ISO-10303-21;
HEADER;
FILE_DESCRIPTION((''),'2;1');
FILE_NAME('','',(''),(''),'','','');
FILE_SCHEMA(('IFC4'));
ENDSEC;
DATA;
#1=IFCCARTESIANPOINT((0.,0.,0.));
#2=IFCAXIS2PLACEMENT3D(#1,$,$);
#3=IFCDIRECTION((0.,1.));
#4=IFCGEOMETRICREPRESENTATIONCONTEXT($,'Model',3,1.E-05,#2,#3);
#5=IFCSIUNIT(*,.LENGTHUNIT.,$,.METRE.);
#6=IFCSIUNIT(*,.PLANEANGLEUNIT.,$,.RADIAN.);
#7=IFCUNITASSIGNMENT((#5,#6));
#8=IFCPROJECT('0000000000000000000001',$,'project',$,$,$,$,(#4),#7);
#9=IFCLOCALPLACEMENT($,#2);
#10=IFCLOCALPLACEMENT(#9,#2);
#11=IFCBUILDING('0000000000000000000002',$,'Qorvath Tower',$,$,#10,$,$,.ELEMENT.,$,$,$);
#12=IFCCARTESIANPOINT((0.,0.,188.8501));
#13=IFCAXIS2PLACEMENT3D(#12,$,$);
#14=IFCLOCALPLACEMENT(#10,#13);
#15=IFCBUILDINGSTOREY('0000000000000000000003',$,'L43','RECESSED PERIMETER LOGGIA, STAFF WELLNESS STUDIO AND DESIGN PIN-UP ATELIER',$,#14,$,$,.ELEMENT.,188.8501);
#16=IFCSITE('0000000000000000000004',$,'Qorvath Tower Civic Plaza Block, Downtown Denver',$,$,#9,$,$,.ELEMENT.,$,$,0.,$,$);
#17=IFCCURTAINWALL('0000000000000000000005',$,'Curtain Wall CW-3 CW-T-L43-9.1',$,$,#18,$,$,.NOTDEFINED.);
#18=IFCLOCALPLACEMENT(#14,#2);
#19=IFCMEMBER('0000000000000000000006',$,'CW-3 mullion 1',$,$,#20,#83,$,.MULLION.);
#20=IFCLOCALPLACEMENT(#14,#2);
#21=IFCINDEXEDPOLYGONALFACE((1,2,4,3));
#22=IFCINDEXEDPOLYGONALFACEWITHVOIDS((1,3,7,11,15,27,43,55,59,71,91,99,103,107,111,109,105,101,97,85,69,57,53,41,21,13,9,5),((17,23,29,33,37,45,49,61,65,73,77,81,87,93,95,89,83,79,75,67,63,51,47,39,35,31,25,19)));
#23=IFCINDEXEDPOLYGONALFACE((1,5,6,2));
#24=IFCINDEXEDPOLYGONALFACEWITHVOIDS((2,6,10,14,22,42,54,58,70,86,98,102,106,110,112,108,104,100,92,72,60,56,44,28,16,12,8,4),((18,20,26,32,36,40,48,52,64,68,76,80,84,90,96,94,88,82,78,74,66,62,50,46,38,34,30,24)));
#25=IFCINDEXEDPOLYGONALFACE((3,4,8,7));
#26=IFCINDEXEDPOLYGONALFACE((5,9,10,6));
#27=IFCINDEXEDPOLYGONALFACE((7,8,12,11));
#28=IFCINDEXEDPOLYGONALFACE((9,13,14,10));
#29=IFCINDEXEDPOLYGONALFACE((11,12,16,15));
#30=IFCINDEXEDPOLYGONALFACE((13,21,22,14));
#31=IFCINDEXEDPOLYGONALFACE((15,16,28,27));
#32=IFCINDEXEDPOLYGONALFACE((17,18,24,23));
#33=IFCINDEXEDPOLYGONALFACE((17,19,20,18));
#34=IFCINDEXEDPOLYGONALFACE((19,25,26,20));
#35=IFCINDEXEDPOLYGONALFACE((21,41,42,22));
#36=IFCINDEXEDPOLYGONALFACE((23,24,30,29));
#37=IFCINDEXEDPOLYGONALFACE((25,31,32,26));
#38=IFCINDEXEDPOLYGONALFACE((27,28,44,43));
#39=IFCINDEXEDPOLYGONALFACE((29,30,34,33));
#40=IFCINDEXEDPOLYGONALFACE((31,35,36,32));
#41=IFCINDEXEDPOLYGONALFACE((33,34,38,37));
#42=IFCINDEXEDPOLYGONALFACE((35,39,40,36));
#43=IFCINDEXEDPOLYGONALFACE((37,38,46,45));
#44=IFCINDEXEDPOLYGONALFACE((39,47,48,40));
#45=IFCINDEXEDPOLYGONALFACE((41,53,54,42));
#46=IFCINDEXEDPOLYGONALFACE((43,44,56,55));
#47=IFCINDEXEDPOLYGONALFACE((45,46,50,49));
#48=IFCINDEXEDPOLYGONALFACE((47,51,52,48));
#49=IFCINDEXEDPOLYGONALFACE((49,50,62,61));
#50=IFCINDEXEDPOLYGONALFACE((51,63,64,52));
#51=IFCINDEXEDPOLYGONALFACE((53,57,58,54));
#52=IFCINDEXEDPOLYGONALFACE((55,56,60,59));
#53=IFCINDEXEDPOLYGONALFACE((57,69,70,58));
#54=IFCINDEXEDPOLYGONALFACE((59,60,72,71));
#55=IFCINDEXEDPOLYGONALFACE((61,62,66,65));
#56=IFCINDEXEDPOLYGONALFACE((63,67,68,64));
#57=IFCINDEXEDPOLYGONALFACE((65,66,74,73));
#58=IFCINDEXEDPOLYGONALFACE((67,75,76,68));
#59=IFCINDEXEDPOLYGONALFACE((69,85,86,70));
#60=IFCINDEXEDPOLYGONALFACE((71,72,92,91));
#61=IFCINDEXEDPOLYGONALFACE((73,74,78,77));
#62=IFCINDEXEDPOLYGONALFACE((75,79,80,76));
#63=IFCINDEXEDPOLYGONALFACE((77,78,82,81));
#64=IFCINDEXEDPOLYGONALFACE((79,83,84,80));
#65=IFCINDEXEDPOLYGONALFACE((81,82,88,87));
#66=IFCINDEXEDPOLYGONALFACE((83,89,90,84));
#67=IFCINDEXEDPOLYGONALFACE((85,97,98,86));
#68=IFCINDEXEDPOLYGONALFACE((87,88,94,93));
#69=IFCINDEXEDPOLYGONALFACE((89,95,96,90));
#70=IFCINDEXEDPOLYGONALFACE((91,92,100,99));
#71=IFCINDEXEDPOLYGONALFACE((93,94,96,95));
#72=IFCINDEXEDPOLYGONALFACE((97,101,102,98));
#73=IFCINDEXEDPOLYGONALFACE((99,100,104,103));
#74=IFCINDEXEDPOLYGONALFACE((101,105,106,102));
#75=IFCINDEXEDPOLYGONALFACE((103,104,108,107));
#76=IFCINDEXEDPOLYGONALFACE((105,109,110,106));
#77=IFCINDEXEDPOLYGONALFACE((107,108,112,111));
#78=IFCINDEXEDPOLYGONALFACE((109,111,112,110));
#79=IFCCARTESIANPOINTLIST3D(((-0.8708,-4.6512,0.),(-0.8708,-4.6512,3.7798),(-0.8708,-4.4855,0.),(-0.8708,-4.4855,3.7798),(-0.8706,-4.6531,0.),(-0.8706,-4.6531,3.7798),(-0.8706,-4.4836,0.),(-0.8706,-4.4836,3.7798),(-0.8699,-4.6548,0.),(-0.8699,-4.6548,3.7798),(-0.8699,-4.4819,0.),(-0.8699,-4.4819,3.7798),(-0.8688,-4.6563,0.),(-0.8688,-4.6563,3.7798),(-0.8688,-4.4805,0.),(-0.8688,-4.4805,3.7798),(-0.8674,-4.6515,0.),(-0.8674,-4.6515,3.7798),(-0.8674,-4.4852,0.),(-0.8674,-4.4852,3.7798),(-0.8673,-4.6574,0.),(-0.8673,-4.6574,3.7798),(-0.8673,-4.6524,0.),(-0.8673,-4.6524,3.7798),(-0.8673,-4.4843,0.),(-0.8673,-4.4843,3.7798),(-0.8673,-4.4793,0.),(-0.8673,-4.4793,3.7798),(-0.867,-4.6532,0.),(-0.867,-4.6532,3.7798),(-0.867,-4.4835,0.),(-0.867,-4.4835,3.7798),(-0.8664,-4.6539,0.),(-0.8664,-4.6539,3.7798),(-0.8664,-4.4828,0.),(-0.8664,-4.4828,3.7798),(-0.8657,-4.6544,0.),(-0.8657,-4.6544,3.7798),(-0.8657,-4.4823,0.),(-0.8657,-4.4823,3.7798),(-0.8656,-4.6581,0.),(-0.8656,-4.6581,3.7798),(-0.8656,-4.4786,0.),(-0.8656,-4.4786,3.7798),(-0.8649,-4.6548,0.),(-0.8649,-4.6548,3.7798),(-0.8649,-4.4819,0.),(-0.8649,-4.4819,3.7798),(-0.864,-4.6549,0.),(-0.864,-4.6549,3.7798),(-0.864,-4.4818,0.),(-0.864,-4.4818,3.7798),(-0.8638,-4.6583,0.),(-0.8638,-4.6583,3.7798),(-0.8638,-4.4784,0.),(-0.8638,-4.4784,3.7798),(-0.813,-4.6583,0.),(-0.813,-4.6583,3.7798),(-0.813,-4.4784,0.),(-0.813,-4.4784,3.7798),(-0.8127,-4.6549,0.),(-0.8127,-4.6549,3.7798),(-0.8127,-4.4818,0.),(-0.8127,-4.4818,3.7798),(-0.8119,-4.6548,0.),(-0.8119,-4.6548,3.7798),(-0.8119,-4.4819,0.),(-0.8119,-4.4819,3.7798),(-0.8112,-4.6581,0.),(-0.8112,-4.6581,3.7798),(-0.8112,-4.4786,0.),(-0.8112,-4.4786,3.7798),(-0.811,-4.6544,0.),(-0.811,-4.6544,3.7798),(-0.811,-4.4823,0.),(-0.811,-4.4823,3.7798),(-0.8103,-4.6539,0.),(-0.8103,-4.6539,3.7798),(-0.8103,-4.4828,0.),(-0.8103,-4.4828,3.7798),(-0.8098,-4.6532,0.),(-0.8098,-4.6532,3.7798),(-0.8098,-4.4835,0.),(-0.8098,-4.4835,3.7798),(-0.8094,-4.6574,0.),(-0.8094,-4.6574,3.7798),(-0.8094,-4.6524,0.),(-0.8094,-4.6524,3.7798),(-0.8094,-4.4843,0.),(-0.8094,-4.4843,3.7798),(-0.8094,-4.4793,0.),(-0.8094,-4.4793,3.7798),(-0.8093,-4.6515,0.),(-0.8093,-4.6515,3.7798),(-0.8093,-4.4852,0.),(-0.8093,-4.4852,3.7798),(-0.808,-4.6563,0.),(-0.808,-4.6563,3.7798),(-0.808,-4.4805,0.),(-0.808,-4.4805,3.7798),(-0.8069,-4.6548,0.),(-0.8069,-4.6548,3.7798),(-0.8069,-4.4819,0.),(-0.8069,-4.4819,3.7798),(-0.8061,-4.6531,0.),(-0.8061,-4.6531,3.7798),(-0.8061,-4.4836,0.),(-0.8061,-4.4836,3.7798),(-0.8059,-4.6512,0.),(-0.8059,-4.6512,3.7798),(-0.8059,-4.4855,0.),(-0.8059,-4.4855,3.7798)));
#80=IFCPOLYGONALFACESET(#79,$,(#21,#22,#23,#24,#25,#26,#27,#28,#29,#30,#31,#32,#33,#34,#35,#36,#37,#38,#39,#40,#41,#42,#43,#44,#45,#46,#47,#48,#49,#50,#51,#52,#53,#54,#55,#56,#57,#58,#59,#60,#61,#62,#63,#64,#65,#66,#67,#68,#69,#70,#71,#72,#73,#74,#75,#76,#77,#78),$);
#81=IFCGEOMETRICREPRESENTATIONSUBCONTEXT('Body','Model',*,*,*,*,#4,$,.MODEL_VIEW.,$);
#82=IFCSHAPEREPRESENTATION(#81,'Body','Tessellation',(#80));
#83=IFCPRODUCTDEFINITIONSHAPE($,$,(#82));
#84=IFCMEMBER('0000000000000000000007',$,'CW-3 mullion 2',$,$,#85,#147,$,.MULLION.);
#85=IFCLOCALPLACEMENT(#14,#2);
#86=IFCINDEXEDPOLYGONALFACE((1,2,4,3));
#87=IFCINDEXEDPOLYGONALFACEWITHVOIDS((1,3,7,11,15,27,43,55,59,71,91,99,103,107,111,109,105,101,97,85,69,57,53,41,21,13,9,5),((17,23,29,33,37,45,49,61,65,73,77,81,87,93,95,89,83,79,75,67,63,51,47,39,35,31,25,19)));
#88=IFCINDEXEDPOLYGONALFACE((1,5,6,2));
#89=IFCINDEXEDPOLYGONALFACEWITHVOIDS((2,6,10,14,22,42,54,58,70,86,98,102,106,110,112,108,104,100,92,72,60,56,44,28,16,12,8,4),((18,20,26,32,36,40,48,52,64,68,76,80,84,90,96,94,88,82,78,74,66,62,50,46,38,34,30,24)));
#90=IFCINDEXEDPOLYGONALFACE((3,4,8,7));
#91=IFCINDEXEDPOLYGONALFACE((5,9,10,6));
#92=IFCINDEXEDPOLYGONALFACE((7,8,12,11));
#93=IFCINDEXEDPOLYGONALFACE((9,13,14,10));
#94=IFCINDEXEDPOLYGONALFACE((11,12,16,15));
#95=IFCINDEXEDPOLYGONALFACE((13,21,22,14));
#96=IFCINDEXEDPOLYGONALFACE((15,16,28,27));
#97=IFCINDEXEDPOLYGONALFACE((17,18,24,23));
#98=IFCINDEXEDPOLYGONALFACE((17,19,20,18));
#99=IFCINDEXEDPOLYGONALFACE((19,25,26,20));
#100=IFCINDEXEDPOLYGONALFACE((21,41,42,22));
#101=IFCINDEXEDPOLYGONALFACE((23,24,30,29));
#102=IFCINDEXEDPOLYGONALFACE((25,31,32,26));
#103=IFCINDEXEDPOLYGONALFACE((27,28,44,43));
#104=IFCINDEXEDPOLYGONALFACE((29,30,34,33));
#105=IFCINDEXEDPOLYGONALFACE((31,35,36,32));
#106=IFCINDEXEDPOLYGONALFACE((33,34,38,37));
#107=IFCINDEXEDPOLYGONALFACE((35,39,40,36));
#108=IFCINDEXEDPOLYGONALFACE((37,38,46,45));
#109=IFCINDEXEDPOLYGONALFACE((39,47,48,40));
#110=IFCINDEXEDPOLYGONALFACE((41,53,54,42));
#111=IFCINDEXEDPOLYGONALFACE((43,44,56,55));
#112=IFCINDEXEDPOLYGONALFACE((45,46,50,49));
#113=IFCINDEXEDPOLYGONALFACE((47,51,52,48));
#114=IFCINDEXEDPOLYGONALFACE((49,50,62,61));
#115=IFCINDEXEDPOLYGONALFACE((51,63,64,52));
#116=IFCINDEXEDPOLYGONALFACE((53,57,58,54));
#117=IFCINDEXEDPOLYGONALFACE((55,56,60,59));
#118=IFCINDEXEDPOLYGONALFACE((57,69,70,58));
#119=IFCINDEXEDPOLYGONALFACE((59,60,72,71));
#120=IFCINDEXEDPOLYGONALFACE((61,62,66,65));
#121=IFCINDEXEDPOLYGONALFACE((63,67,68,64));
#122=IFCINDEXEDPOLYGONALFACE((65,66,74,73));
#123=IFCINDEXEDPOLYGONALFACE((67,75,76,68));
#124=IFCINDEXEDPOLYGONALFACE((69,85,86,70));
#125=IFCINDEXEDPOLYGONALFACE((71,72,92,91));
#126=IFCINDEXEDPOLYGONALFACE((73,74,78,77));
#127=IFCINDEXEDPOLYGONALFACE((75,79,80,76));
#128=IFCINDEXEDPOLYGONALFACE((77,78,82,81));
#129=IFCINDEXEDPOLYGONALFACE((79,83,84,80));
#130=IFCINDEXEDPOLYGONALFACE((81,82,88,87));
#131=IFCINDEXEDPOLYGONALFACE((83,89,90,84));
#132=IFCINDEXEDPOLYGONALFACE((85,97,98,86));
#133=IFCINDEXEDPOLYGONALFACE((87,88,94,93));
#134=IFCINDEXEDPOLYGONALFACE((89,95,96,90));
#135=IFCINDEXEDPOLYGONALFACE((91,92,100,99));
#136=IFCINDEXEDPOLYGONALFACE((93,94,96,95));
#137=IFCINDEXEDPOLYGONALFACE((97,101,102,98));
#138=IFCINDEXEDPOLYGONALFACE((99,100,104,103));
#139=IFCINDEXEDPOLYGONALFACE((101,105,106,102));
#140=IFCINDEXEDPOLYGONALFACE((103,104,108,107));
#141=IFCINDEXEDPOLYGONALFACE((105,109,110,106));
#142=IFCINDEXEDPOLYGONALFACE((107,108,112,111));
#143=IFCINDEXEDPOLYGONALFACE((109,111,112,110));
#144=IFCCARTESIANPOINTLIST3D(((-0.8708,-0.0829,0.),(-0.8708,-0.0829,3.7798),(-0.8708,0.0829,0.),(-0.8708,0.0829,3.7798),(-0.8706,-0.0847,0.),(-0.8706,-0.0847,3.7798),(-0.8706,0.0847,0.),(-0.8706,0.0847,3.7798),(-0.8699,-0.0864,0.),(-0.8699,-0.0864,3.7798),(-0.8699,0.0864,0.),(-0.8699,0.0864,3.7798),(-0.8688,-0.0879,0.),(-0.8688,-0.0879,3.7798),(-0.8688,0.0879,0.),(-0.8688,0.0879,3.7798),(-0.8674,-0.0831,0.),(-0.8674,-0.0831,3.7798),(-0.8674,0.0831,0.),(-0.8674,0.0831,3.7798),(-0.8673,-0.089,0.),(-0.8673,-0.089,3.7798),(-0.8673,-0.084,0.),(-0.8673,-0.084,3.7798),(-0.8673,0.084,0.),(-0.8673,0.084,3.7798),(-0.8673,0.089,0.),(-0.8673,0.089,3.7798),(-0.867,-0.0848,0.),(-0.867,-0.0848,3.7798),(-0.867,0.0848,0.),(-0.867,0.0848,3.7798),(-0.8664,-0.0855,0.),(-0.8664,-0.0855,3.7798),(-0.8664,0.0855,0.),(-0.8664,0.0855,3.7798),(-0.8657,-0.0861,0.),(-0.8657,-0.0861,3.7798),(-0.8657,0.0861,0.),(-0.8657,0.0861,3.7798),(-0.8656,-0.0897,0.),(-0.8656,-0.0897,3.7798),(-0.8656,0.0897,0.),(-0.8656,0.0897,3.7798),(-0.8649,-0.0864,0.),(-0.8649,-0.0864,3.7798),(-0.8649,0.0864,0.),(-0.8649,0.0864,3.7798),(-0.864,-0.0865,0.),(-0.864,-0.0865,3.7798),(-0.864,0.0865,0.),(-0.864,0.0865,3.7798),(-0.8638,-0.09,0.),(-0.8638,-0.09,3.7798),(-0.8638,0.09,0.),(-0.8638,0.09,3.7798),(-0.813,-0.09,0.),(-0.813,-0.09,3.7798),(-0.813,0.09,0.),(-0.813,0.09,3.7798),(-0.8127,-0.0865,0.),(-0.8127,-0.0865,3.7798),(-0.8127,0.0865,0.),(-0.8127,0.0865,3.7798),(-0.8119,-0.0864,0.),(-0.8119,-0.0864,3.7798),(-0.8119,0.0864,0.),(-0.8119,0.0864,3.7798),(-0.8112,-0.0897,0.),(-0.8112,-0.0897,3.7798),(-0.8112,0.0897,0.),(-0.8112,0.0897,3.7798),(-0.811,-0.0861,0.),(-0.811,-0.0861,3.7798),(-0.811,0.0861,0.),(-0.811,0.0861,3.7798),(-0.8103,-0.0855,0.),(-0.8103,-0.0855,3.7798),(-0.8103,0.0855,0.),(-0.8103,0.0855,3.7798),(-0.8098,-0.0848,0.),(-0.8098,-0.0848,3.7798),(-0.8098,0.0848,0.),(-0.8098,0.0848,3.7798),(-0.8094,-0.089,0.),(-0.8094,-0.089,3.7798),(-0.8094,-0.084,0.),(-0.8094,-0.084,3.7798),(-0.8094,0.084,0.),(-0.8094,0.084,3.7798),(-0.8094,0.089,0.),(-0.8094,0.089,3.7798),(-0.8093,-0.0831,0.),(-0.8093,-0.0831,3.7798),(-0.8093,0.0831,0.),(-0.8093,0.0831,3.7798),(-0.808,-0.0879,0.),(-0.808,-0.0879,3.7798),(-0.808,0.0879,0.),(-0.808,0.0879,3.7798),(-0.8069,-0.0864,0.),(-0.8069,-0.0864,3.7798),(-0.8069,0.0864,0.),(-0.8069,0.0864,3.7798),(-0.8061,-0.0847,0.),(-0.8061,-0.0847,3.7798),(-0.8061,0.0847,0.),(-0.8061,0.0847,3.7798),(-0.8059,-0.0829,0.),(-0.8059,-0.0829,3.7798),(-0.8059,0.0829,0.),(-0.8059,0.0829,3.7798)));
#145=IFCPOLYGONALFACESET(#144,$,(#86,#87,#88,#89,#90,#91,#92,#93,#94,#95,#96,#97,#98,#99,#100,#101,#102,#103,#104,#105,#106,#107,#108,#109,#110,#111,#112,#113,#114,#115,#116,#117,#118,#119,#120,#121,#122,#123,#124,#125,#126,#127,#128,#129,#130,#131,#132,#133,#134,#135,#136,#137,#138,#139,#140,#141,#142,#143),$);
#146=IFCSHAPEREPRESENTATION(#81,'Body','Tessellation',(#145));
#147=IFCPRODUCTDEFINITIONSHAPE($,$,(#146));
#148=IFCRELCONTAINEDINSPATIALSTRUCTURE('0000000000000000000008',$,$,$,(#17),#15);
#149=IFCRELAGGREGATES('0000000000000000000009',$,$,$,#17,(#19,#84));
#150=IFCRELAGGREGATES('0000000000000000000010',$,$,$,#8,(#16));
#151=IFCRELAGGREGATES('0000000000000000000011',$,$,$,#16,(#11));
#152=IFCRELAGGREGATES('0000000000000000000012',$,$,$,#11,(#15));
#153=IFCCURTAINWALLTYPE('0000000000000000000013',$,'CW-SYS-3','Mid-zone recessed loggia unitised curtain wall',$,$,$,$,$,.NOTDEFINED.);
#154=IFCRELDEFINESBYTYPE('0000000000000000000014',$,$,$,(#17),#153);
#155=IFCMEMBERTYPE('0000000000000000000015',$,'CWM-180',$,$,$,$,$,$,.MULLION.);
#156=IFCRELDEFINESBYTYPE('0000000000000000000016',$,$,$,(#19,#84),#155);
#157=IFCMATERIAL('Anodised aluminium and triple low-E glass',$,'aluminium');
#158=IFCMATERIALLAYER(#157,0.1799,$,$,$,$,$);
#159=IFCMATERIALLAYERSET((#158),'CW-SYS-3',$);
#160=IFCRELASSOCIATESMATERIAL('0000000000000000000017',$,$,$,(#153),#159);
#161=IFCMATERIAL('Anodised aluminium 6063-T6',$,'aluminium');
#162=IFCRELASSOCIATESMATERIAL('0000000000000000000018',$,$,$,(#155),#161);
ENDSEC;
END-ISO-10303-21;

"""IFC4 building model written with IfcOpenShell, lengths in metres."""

from ifc_helpers import new_model, si_unit, direction, frame, origin, origin_2d, place, context, subcontext, project, spatial, hollow_rectangle, extrude, material, layer, layer_set, material_profile, profile_set, type_object, element, aggregate, save


model = new_model("IFC4")

# Units and contexts
model_context = context("Model", 3, precision=1e-05, world=origin(), true_north=direction((0.0, 1.0)))
body_context = subcontext(model_context, "Body", "Model", "MODEL_VIEW")
ifc_project = project(units=[si_unit("LENGTHUNIT", "METRE"), si_unit("PLANEANGLEUNIT", "RADIAN")], contexts=[model_context])

# Site, building, storey
site_placement = place(None, origin())
site = spatial("IfcSite", under=ifc_project, at=site_placement, Name="Qorvath Tower Civic Plaza Block, Downtown Denver", CompositionType="ELEMENT", RefElevation=0.0)
building_placement = place(site_placement, origin())
building = spatial("IfcBuilding", under=site, at=building_placement, Name="Qorvath Tower", CompositionType="ELEMENT")
storey_placement = place(building_placement, frame((0.0, 0.0, 188.8501)))
storey = spatial("IfcBuildingStorey", under=building, at=storey_placement, Name="L43", Description="RECESSED PERIMETER LOGGIA, STAFF WELLNESS STUDIO AND DESIGN PIN-UP ATELIER", CompositionType="ELEMENT", Elevation=188.8501)

# Curtain wall, members
ifc_material_1 = material(Name="Anodised aluminium and triple low-E glass", Category="aluminium")
ifc_layer_1 = layer(ifc_material_1, 0.1799)
ifc_layer_set_1 = layer_set([ifc_layer_1], Name="CW-SYS-3")
curtain_wall_type = type_object("IfcCurtainWallType", Name="CW-SYS-3", Description="Mid-zone recessed loggia unitised curtain wall", PredefinedType="NOTDEFINED", material=ifc_layer_set_1)
curtain_wall_placement = place(storey_placement, origin())
curtain_wall = element("IfcCurtainWall", 1, at=curtain_wall_placement, inside=storey, type_object=curtain_wall_type, Name="Curtain Wall CW-3 CW-T-L43-9.1", PredefinedType="NOTDEFINED")
ifc_material_2 = material(Name="Anodised aluminium 6063-T6", Category="aluminium")
ifc_material_profile_1 = material_profile(ifc_material_2, hollow_rectangle(XDim=0.0649, YDim=0.1799, WallThickness=0.0034, InnerFilletRadius=0.0034, OuterFilletRadius=0.0071, at=origin_2d()), Name="CWM 180x65")
ifc_profile_set_1 = profile_set([ifc_material_profile_1], Name="Anodised aluminium 6063-T6")
member_type_1 = type_object("IfcMemberType", Name="CWM-180", PredefinedType="MULLION", material=ifc_profile_set_1)
member_1_placement = place(storey_placement, frame((-0.8384, -4.5684, 0.0), z_axis=(0.0, 0.0, 1.0), x_axis=(-1.0, 0.0, 0.0)))
member_1 = element("IfcMember", 2, at=member_1_placement, type_object=member_type_1, Name="CW-3 mullion 1", PredefinedType="MULLION", context=body_context, shape_type="SweptSolid", body=[
    extrude(hollow_rectangle(XDim=0.0649, YDim=0.1799, WallThickness=0.0034, InnerFilletRadius=0.0034, OuterFilletRadius=0.0071, at=origin_2d()), origin(), (0.0, 0.0, 1.0), 3.7798),
])
member_2_placement = place(storey_placement, frame((-0.8384, 0.0, 0.0), z_axis=(0.0, 0.0, 1.0), x_axis=(-1.0, 0.0, 0.0)))
member_2 = element("IfcMember", 3, at=member_2_placement, type_object=member_type_1, Name="CW-3 mullion 2", PredefinedType="MULLION", context=body_context, shape_type="SweptSolid", body=[
    extrude(hollow_rectangle(XDim=0.0649, YDim=0.1799, WallThickness=0.0034, InnerFilletRadius=0.0034, OuterFilletRadius=0.0071, at=origin_2d()), origin(), (0.0, 0.0, 1.0), 3.7798),
])
aggregate(curtain_wall, [member_1, member_2])

save(model, "model.ifc")
